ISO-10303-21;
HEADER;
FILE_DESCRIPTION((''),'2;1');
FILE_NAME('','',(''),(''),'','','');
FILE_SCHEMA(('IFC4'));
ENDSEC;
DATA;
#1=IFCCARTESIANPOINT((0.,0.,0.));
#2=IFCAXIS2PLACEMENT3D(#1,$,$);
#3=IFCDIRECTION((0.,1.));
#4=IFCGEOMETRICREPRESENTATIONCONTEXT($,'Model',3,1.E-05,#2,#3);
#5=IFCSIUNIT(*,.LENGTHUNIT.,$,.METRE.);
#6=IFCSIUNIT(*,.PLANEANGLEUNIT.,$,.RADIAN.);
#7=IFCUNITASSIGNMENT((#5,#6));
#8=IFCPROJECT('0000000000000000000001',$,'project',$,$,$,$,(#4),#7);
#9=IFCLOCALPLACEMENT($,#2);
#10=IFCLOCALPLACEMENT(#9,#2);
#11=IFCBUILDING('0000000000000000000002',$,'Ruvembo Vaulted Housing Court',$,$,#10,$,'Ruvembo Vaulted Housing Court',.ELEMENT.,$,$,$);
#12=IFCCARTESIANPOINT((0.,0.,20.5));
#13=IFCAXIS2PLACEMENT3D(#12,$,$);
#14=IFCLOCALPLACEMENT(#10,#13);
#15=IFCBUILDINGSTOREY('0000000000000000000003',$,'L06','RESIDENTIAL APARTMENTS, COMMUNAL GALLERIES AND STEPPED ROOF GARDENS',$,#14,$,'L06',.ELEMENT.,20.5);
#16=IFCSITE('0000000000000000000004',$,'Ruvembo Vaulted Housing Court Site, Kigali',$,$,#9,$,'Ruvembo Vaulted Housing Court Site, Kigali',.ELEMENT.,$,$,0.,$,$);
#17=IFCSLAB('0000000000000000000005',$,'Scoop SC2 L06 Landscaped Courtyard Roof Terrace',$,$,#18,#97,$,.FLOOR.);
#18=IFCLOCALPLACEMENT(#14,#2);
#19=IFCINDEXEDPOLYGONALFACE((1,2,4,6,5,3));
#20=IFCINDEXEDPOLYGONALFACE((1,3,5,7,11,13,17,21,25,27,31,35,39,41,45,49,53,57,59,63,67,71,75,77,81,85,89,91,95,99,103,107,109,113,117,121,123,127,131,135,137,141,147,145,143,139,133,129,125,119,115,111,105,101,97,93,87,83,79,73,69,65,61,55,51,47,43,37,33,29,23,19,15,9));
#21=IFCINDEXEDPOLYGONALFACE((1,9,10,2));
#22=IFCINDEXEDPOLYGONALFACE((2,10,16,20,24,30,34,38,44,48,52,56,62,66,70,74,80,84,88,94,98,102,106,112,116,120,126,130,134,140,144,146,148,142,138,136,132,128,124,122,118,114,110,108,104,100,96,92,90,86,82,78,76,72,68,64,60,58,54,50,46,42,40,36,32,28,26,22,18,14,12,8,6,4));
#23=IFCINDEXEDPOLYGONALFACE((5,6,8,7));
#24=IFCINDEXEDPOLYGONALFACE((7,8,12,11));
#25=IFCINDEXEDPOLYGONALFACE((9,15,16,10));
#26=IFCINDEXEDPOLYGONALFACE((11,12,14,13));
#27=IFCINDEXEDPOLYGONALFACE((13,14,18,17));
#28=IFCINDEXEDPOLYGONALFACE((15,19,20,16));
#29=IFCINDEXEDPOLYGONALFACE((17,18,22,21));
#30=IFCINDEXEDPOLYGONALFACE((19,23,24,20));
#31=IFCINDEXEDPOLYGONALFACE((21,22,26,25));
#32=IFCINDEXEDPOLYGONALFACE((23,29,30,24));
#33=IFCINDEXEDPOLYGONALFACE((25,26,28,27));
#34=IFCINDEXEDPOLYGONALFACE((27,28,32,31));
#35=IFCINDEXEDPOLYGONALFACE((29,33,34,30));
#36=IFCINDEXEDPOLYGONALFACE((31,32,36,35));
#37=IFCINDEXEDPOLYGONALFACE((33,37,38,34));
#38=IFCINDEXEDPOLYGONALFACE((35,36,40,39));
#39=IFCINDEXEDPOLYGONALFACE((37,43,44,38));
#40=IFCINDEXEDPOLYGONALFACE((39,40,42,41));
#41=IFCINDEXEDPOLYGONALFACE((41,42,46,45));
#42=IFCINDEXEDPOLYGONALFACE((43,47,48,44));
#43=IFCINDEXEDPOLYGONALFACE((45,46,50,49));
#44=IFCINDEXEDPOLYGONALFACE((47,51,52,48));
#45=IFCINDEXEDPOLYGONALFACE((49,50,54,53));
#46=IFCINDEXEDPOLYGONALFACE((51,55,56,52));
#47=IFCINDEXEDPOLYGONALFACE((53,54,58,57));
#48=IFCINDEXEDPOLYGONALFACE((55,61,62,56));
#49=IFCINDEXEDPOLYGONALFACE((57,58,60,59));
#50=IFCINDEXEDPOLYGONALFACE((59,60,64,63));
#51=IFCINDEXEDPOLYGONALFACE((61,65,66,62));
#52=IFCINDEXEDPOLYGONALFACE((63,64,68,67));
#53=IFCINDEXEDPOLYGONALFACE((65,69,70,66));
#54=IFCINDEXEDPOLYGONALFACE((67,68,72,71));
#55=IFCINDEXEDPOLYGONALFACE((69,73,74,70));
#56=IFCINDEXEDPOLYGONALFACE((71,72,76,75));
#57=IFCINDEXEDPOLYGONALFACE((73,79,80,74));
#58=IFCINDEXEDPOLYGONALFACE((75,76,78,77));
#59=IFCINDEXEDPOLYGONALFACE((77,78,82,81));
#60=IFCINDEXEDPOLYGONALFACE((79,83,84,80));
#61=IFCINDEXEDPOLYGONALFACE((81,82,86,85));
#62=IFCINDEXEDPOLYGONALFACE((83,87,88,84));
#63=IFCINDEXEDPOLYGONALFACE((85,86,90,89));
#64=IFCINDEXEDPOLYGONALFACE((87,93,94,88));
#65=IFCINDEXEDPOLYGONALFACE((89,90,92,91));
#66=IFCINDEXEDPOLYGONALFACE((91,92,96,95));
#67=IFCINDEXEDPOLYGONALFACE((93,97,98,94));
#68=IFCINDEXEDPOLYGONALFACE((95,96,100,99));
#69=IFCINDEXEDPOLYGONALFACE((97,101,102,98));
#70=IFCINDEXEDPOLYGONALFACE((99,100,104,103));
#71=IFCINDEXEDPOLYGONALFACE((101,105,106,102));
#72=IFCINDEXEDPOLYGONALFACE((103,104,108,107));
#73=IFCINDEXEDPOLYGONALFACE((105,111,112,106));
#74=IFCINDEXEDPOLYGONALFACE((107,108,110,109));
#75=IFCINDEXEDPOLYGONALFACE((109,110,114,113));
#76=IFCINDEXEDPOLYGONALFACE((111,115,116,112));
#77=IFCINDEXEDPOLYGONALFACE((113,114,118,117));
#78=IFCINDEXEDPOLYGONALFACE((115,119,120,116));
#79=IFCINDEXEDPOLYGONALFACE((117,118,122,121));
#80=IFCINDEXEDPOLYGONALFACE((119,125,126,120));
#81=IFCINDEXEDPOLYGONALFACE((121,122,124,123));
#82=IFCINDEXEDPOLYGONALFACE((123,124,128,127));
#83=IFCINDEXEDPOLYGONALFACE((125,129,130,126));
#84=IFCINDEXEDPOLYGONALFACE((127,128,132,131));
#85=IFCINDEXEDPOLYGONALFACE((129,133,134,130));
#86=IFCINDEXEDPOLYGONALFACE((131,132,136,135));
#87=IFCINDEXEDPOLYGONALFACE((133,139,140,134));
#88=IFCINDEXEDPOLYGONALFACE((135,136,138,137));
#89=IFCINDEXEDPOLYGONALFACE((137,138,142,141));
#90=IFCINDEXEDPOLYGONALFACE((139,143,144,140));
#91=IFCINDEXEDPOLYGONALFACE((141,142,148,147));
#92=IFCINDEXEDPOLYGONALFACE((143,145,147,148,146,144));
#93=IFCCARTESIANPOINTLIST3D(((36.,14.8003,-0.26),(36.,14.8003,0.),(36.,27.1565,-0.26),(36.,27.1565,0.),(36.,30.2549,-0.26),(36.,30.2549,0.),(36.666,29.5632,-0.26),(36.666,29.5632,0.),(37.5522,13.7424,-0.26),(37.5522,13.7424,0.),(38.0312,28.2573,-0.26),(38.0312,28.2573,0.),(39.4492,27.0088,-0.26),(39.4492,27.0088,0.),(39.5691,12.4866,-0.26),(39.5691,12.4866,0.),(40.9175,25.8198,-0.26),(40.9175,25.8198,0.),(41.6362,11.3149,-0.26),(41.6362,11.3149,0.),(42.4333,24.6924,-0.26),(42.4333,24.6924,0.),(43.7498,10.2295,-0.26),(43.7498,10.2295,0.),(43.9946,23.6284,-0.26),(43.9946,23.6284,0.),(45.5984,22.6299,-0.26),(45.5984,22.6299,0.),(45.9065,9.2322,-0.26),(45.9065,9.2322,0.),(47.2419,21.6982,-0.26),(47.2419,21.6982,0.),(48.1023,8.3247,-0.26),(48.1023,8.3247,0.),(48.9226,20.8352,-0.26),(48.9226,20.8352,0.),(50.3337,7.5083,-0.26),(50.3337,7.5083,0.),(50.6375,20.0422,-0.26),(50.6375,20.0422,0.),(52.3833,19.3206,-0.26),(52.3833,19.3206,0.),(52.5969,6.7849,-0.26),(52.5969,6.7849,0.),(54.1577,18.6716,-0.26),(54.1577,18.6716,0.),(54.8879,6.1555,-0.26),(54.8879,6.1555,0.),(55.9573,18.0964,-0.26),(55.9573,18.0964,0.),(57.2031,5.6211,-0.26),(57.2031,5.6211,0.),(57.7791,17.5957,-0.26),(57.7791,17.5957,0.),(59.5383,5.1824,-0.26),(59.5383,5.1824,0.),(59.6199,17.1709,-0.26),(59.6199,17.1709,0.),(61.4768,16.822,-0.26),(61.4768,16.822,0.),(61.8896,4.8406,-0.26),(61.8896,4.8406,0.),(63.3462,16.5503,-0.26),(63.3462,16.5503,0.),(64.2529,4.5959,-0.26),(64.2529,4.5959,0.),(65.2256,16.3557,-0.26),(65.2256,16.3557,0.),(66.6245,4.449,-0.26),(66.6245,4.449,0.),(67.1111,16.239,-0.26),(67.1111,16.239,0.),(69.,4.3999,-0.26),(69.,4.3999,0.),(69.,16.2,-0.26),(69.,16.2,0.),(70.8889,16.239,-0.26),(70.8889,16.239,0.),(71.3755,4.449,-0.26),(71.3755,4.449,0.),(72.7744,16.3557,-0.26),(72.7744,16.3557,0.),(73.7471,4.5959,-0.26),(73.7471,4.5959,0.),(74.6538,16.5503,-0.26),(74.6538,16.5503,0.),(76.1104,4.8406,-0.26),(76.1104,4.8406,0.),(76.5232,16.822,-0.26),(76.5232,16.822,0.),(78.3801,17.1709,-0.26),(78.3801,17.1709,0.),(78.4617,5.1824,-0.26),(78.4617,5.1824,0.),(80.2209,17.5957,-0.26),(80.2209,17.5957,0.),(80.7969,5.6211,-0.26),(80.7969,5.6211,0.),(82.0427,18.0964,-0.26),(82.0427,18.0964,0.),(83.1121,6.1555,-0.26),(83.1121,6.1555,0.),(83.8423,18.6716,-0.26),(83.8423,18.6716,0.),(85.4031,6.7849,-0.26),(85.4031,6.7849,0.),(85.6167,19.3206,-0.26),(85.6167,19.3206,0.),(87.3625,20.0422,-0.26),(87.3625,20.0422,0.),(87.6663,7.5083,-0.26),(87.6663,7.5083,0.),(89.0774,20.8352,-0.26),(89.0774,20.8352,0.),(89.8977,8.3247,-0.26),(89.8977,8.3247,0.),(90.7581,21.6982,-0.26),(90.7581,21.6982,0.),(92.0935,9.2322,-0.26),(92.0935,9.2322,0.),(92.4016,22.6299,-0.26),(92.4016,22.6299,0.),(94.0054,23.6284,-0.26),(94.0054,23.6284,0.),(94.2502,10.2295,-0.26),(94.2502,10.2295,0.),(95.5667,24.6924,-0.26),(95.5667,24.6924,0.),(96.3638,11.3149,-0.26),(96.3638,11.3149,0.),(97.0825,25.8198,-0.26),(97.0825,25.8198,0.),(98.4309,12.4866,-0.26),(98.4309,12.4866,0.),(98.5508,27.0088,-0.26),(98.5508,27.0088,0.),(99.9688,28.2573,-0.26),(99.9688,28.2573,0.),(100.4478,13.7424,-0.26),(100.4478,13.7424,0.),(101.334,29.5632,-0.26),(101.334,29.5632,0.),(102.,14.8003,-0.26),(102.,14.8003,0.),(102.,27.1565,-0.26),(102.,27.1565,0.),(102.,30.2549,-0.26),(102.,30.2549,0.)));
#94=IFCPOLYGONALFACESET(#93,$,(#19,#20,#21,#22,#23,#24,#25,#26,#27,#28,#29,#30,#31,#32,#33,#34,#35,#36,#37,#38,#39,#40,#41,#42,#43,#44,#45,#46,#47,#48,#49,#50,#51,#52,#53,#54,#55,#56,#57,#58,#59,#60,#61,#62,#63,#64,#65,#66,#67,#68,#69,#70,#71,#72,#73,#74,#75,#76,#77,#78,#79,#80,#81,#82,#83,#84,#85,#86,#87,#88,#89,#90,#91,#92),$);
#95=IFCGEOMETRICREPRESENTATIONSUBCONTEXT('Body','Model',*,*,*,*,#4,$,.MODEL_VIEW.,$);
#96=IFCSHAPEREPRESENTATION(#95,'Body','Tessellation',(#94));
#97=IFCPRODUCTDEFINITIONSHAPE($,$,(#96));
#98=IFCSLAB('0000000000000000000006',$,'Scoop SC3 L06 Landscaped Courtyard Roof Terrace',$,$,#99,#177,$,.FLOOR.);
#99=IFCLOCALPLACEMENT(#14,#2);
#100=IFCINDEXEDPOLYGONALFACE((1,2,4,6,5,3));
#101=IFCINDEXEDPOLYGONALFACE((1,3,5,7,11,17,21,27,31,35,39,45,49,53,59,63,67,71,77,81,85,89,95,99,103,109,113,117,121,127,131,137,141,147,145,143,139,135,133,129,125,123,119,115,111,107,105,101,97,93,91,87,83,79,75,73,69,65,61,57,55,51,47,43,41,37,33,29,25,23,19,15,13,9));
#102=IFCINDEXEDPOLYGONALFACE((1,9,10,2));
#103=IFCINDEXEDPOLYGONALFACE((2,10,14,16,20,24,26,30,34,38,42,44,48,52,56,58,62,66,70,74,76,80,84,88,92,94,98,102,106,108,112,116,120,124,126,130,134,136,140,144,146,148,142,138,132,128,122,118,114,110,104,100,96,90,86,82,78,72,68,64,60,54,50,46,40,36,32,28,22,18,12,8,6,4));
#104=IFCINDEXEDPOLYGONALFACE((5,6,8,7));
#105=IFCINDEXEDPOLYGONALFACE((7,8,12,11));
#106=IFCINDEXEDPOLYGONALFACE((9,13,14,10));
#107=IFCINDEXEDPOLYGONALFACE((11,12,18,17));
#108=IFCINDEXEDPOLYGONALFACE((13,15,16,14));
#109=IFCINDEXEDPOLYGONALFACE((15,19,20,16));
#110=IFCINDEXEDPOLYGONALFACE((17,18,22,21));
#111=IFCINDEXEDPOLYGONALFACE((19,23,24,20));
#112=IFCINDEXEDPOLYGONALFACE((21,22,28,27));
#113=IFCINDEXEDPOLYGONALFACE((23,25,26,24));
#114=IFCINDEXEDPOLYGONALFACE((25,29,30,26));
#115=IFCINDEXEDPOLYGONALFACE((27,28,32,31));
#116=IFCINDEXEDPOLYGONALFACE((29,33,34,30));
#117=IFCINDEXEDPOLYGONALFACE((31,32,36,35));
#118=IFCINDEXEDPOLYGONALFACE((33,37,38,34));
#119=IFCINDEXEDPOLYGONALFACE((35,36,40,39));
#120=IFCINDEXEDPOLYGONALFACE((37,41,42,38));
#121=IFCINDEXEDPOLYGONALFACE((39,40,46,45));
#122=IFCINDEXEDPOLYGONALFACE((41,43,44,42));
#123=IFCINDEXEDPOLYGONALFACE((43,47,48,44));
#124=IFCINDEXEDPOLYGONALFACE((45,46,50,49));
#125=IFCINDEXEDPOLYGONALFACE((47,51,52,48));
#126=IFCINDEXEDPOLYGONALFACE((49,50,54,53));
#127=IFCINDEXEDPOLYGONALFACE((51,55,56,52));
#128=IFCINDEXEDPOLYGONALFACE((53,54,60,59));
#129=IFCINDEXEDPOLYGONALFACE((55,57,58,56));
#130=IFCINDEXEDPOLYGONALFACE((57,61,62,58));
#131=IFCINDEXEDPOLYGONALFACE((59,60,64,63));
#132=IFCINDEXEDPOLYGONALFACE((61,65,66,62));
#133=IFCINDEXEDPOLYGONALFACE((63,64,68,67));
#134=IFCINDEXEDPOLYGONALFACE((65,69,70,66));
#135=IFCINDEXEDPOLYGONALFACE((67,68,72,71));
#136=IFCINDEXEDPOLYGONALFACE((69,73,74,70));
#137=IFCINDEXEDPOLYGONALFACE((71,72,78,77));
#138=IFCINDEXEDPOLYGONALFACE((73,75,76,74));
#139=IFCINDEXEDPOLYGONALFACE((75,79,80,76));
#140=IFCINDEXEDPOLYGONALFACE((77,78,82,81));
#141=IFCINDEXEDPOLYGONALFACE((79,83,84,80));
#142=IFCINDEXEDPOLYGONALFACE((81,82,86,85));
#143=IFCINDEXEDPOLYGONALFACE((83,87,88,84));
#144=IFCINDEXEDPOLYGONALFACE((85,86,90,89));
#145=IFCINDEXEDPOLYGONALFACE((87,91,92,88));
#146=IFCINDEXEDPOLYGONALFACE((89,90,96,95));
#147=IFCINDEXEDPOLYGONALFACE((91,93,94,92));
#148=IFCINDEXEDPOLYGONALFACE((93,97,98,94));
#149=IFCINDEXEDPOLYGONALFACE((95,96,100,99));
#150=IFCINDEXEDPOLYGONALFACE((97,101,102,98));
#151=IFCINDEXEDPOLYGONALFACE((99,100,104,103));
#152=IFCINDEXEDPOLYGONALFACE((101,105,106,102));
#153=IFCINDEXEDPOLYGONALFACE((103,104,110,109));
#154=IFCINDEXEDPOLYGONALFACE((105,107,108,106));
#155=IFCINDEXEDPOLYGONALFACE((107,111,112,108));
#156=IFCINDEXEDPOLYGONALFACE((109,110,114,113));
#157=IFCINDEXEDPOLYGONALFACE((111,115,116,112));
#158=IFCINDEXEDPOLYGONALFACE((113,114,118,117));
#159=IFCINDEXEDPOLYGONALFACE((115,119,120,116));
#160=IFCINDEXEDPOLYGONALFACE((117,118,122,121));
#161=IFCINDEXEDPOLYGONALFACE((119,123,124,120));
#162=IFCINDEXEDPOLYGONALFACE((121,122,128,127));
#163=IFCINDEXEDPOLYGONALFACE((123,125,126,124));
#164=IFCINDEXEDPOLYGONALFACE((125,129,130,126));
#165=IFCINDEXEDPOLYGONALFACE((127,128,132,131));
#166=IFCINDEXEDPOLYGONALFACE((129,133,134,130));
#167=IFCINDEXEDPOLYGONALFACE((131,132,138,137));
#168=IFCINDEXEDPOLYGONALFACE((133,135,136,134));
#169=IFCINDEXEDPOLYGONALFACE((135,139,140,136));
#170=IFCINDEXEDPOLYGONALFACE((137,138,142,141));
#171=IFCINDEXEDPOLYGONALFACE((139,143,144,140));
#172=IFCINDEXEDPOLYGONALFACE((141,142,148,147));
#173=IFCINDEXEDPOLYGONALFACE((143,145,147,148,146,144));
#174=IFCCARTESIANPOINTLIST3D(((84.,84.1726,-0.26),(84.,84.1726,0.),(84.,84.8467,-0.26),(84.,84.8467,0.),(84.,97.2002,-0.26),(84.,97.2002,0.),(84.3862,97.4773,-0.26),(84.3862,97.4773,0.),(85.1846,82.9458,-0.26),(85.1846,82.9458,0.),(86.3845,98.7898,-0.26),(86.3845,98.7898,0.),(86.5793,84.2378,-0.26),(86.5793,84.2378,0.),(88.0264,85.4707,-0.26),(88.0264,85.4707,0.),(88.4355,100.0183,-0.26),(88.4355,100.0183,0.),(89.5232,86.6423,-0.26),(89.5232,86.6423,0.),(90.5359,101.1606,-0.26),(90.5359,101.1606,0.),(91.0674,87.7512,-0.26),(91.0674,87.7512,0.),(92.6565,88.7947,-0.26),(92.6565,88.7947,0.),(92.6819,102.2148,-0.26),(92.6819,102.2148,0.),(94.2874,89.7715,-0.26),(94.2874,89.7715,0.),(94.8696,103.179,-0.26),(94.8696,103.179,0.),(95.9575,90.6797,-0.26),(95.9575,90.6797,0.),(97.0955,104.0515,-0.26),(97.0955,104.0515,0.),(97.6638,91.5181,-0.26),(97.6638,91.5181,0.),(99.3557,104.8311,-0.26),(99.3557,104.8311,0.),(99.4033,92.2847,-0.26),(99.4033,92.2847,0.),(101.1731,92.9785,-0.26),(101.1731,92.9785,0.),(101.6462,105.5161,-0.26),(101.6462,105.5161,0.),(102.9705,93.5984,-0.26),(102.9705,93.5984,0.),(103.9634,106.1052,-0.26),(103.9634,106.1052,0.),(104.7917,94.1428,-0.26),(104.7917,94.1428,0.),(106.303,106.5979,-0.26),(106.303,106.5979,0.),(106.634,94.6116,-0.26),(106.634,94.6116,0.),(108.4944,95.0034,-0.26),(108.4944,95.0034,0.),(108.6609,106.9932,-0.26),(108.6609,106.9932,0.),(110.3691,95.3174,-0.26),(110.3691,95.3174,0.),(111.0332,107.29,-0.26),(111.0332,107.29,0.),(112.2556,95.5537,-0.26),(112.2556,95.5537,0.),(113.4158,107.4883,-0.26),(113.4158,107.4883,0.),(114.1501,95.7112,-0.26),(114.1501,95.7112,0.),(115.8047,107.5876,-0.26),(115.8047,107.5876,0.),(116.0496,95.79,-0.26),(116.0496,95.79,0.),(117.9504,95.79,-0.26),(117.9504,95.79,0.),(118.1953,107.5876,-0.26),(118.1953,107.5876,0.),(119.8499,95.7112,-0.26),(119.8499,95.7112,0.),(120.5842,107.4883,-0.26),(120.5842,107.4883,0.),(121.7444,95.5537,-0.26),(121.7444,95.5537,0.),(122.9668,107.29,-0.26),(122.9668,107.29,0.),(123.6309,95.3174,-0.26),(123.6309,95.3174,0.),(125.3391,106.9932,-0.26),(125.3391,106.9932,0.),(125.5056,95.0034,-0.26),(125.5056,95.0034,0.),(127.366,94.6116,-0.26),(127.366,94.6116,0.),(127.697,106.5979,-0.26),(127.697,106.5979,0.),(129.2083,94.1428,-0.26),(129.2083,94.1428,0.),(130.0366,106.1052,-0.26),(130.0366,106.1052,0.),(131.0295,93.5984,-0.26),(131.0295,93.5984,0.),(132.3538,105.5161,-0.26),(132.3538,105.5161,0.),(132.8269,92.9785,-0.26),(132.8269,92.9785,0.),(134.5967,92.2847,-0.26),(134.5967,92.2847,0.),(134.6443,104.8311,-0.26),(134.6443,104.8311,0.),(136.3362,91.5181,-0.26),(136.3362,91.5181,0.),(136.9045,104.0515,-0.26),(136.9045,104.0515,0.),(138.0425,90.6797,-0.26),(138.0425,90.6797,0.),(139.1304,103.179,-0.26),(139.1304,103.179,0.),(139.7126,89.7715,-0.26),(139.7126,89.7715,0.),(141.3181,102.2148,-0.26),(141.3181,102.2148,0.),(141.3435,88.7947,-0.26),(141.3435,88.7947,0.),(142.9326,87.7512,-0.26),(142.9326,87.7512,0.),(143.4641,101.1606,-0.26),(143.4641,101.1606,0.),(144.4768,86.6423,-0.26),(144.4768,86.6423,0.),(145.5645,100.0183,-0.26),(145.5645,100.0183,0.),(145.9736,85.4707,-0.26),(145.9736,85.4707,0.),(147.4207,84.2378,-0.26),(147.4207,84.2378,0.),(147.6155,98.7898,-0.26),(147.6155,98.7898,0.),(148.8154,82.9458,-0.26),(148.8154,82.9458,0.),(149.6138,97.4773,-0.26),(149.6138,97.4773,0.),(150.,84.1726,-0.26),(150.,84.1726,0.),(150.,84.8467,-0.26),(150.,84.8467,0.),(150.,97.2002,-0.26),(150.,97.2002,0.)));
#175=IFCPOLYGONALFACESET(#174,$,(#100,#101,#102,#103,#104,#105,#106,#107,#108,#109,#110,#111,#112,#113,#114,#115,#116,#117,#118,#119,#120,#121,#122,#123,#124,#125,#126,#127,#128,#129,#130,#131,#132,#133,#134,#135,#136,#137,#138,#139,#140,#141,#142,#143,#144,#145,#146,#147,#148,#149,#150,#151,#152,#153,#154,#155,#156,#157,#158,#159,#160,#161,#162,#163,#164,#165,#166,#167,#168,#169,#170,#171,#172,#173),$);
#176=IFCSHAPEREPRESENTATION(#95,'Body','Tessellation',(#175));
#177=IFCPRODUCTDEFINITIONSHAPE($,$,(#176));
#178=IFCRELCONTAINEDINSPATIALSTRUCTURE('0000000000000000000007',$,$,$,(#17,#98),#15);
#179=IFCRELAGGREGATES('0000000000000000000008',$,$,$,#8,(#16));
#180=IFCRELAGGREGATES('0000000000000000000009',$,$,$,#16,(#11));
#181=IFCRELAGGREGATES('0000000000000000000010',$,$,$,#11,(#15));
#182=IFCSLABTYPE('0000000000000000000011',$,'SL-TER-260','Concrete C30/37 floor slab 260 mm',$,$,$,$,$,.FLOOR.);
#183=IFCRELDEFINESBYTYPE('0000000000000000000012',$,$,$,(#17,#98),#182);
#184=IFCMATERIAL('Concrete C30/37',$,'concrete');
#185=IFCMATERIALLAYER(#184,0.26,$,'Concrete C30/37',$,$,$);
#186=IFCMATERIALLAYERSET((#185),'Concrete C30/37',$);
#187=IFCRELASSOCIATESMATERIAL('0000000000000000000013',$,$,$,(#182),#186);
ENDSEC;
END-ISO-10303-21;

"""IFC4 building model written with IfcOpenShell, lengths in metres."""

from ifc_helpers import new_model, si_unit, direction, frame, origin, place, context, subcontext, project, spatial, polyline, outline, extrude, material, layer, layer_set, type_object, element, save


model = new_model("IFC4")

# Units and contexts
model_context = context("Model", 3, precision=1e-05, world=origin(), true_north=direction((0.0, 1.0)))
body_context = subcontext(model_context, "Body", "Model", "MODEL_VIEW")
ifc_project = project(units=[si_unit("LENGTHUNIT", "METRE"), si_unit("PLANEANGLEUNIT", "RADIAN")], contexts=[model_context])

# Site, building, storey
site_placement = place(None, origin())
site = spatial("IfcSite", under=ifc_project, at=site_placement, Name="Ruvembo Vaulted Housing Court Site, Kigali", LongName="Ruvembo Vaulted Housing Court Site, Kigali", CompositionType="ELEMENT", RefElevation=0.0)
building_placement = place(site_placement, origin())
building = spatial("IfcBuilding", under=site, at=building_placement, Name="Ruvembo Vaulted Housing Court", LongName="Ruvembo Vaulted Housing Court", CompositionType="ELEMENT")
storey_placement = place(building_placement, frame((0.0, 0.0, 20.5)))
storey = spatial("IfcBuildingStorey", under=building, at=storey_placement, Name="L06", Description="RESIDENTIAL APARTMENTS, COMMUNAL GALLERIES AND STEPPED ROOF GARDENS", LongName="L06", CompositionType="ELEMENT", Elevation=20.5)

# Shared definitions
ifc_material_1 = material(Name="Concrete C30/37", Category="concrete")

# Slabs
ifc_layer_1 = layer(ifc_material_1, 0.26, Name="Concrete C30/37")
ifc_layer_set_1 = layer_set([ifc_layer_1], Name="Concrete C30/37")
slab_type_1 = type_object("IfcSlabType", Name="SL-TER-260", Description="Concrete C30/37 floor slab 260 mm", PredefinedType="FLOOR", material=ifc_layer_set_1)
slab_1_placement = place(storey_placement, frame((0.0, 0.0, -0.26)))
element("IfcSlab", 1, at=slab_1_placement, inside=storey, type_object=slab_type_1, Name="Scoop SC2 L06 Landscaped Courtyard Roof Terrace", PredefinedType="FLOOR", context=body_context, shape_type="SweptSolid", body=[
    extrude(outline(polyline([(102.0, 27.1565), (102.0, 30.2549), (101.334, 29.5632), (99.9688, 28.2573), (98.5508, 27.0088), (97.0825, 25.8198), (95.5667, 24.6924), (94.0054, 23.6284), (92.4016, 22.6299), (90.7581, 21.6982), (89.0774, 20.8352), (87.3625, 20.0422), (85.6167, 19.3206), (83.8423, 18.6716), (82.0427, 18.0964), (80.2209, 17.5957), (78.3801, 17.1709), (76.5232, 16.822), (74.6538, 16.5503), (72.7744, 16.3557), (70.8889, 16.239), (69.0, 16.2), (67.1111, 16.239), (65.2256, 16.3557), (63.3462, 16.5503), (61.4768, 16.822), (59.6199, 17.1709), (57.7791, 17.5957), (55.9573, 18.0964), (54.1577, 18.6716), (52.3833, 19.3206), (50.6375, 20.0422), (48.9226, 20.8352), (47.2419, 21.6982), (45.5984, 22.6299), (43.9946, 23.6284), (42.4333, 24.6924), (40.9175, 25.8198), (39.4492, 27.0088), (38.0312, 28.2573), (36.666, 29.5632), (36.0, 30.2549), (36.0, 27.1565), (36.0, 14.8003), (37.5522, 13.7424), (39.5691, 12.4866), (41.6362, 11.3149), (43.7498, 10.2295), (45.9065, 9.2322), (48.1023, 8.3247), (50.3337, 7.5083), (52.5969, 6.7849), (54.8879, 6.1555), (57.2031, 5.6211), (59.5383, 5.1824), (61.8896, 4.8406), (64.2529, 4.5959), (66.6245, 4.449), (69.0, 4.3999), (71.3755, 4.449), (73.7471, 4.5959), (76.1104, 4.8406), (78.4617, 5.1824), (80.7969, 5.6211), (83.1121, 6.1555), (85.4031, 6.7849), (87.6663, 7.5083), (89.8977, 8.3247), (92.0935, 9.2322), (94.2502, 10.2295), (96.3638, 11.3149), (98.4309, 12.4866), (100.4478, 13.7424), (102.0, 14.8003), (102.0, 27.1565)])), origin(), (0.0, 0.0, 1.0), 0.26),
])
slab_2_placement = place(storey_placement, frame((0.0, 0.0, -0.26)))
element("IfcSlab", 2, at=slab_2_placement, inside=storey, type_object=slab_type_1, Name="Scoop SC3 L06 Landscaped Courtyard Roof Terrace", PredefinedType="FLOOR", context=body_context, shape_type="SweptSolid", body=[
    extrude(outline(polyline([(150.0, 84.8467), (150.0, 97.2002), (149.6138, 97.4773), (147.6155, 98.7898), (145.5645, 100.0183), (143.4641, 101.1606), (141.3181, 102.2148), (139.1304, 103.179), (136.9045, 104.0515), (134.6443, 104.8311), (132.3538, 105.5161), (130.0366, 106.1052), (127.697, 106.5979), (125.3391, 106.9932), (122.9668, 107.29), (120.5842, 107.4883), (118.1953, 107.5876), (115.8047, 107.5876), (113.4158, 107.4883), (111.0332, 107.29), (108.6609, 106.9932), (106.303, 106.5979), (103.9634, 106.1052), (101.6462, 105.5161), (99.3557, 104.8311), (97.0955, 104.0515), (94.8696, 103.179), (92.6819, 102.2148), (90.5359, 101.1606), (88.4355, 100.0183), (86.3845, 98.7898), (84.3862, 97.4773), (84.0, 97.2002), (84.0, 84.8467), (84.0, 84.1726), (85.1846, 82.9458), (86.5793, 84.2378), (88.0264, 85.4707), (89.5232, 86.6423), (91.0674, 87.7512), (92.6565, 88.7947), (94.2874, 89.7715), (95.9575, 90.6797), (97.6638, 91.5181), (99.4033, 92.2847), (101.1731, 92.9785), (102.9705, 93.5984), (104.7917, 94.1428), (106.634, 94.6116), (108.4944, 95.0034), (110.3691, 95.3174), (112.2556, 95.5537), (114.1501, 95.7112), (116.0496, 95.79), (117.9504, 95.79), (119.8499, 95.7112), (121.7444, 95.5537), (123.6309, 95.3174), (125.5056, 95.0034), (127.366, 94.6116), (129.2083, 94.1428), (131.0295, 93.5984), (132.8269, 92.9785), (134.5967, 92.2847), (136.3362, 91.5181), (138.0425, 90.6797), (139.7126, 89.7715), (141.3435, 88.7947), (142.9326, 87.7512), (144.4768, 86.6423), (145.9736, 85.4707), (147.4207, 84.2378), (148.8154, 82.9458), (150.0, 84.1726), (150.0, 84.8467)])), origin(), (0.0, 0.0, 1.0), 0.26),
])

save(model, "model.ifc")
